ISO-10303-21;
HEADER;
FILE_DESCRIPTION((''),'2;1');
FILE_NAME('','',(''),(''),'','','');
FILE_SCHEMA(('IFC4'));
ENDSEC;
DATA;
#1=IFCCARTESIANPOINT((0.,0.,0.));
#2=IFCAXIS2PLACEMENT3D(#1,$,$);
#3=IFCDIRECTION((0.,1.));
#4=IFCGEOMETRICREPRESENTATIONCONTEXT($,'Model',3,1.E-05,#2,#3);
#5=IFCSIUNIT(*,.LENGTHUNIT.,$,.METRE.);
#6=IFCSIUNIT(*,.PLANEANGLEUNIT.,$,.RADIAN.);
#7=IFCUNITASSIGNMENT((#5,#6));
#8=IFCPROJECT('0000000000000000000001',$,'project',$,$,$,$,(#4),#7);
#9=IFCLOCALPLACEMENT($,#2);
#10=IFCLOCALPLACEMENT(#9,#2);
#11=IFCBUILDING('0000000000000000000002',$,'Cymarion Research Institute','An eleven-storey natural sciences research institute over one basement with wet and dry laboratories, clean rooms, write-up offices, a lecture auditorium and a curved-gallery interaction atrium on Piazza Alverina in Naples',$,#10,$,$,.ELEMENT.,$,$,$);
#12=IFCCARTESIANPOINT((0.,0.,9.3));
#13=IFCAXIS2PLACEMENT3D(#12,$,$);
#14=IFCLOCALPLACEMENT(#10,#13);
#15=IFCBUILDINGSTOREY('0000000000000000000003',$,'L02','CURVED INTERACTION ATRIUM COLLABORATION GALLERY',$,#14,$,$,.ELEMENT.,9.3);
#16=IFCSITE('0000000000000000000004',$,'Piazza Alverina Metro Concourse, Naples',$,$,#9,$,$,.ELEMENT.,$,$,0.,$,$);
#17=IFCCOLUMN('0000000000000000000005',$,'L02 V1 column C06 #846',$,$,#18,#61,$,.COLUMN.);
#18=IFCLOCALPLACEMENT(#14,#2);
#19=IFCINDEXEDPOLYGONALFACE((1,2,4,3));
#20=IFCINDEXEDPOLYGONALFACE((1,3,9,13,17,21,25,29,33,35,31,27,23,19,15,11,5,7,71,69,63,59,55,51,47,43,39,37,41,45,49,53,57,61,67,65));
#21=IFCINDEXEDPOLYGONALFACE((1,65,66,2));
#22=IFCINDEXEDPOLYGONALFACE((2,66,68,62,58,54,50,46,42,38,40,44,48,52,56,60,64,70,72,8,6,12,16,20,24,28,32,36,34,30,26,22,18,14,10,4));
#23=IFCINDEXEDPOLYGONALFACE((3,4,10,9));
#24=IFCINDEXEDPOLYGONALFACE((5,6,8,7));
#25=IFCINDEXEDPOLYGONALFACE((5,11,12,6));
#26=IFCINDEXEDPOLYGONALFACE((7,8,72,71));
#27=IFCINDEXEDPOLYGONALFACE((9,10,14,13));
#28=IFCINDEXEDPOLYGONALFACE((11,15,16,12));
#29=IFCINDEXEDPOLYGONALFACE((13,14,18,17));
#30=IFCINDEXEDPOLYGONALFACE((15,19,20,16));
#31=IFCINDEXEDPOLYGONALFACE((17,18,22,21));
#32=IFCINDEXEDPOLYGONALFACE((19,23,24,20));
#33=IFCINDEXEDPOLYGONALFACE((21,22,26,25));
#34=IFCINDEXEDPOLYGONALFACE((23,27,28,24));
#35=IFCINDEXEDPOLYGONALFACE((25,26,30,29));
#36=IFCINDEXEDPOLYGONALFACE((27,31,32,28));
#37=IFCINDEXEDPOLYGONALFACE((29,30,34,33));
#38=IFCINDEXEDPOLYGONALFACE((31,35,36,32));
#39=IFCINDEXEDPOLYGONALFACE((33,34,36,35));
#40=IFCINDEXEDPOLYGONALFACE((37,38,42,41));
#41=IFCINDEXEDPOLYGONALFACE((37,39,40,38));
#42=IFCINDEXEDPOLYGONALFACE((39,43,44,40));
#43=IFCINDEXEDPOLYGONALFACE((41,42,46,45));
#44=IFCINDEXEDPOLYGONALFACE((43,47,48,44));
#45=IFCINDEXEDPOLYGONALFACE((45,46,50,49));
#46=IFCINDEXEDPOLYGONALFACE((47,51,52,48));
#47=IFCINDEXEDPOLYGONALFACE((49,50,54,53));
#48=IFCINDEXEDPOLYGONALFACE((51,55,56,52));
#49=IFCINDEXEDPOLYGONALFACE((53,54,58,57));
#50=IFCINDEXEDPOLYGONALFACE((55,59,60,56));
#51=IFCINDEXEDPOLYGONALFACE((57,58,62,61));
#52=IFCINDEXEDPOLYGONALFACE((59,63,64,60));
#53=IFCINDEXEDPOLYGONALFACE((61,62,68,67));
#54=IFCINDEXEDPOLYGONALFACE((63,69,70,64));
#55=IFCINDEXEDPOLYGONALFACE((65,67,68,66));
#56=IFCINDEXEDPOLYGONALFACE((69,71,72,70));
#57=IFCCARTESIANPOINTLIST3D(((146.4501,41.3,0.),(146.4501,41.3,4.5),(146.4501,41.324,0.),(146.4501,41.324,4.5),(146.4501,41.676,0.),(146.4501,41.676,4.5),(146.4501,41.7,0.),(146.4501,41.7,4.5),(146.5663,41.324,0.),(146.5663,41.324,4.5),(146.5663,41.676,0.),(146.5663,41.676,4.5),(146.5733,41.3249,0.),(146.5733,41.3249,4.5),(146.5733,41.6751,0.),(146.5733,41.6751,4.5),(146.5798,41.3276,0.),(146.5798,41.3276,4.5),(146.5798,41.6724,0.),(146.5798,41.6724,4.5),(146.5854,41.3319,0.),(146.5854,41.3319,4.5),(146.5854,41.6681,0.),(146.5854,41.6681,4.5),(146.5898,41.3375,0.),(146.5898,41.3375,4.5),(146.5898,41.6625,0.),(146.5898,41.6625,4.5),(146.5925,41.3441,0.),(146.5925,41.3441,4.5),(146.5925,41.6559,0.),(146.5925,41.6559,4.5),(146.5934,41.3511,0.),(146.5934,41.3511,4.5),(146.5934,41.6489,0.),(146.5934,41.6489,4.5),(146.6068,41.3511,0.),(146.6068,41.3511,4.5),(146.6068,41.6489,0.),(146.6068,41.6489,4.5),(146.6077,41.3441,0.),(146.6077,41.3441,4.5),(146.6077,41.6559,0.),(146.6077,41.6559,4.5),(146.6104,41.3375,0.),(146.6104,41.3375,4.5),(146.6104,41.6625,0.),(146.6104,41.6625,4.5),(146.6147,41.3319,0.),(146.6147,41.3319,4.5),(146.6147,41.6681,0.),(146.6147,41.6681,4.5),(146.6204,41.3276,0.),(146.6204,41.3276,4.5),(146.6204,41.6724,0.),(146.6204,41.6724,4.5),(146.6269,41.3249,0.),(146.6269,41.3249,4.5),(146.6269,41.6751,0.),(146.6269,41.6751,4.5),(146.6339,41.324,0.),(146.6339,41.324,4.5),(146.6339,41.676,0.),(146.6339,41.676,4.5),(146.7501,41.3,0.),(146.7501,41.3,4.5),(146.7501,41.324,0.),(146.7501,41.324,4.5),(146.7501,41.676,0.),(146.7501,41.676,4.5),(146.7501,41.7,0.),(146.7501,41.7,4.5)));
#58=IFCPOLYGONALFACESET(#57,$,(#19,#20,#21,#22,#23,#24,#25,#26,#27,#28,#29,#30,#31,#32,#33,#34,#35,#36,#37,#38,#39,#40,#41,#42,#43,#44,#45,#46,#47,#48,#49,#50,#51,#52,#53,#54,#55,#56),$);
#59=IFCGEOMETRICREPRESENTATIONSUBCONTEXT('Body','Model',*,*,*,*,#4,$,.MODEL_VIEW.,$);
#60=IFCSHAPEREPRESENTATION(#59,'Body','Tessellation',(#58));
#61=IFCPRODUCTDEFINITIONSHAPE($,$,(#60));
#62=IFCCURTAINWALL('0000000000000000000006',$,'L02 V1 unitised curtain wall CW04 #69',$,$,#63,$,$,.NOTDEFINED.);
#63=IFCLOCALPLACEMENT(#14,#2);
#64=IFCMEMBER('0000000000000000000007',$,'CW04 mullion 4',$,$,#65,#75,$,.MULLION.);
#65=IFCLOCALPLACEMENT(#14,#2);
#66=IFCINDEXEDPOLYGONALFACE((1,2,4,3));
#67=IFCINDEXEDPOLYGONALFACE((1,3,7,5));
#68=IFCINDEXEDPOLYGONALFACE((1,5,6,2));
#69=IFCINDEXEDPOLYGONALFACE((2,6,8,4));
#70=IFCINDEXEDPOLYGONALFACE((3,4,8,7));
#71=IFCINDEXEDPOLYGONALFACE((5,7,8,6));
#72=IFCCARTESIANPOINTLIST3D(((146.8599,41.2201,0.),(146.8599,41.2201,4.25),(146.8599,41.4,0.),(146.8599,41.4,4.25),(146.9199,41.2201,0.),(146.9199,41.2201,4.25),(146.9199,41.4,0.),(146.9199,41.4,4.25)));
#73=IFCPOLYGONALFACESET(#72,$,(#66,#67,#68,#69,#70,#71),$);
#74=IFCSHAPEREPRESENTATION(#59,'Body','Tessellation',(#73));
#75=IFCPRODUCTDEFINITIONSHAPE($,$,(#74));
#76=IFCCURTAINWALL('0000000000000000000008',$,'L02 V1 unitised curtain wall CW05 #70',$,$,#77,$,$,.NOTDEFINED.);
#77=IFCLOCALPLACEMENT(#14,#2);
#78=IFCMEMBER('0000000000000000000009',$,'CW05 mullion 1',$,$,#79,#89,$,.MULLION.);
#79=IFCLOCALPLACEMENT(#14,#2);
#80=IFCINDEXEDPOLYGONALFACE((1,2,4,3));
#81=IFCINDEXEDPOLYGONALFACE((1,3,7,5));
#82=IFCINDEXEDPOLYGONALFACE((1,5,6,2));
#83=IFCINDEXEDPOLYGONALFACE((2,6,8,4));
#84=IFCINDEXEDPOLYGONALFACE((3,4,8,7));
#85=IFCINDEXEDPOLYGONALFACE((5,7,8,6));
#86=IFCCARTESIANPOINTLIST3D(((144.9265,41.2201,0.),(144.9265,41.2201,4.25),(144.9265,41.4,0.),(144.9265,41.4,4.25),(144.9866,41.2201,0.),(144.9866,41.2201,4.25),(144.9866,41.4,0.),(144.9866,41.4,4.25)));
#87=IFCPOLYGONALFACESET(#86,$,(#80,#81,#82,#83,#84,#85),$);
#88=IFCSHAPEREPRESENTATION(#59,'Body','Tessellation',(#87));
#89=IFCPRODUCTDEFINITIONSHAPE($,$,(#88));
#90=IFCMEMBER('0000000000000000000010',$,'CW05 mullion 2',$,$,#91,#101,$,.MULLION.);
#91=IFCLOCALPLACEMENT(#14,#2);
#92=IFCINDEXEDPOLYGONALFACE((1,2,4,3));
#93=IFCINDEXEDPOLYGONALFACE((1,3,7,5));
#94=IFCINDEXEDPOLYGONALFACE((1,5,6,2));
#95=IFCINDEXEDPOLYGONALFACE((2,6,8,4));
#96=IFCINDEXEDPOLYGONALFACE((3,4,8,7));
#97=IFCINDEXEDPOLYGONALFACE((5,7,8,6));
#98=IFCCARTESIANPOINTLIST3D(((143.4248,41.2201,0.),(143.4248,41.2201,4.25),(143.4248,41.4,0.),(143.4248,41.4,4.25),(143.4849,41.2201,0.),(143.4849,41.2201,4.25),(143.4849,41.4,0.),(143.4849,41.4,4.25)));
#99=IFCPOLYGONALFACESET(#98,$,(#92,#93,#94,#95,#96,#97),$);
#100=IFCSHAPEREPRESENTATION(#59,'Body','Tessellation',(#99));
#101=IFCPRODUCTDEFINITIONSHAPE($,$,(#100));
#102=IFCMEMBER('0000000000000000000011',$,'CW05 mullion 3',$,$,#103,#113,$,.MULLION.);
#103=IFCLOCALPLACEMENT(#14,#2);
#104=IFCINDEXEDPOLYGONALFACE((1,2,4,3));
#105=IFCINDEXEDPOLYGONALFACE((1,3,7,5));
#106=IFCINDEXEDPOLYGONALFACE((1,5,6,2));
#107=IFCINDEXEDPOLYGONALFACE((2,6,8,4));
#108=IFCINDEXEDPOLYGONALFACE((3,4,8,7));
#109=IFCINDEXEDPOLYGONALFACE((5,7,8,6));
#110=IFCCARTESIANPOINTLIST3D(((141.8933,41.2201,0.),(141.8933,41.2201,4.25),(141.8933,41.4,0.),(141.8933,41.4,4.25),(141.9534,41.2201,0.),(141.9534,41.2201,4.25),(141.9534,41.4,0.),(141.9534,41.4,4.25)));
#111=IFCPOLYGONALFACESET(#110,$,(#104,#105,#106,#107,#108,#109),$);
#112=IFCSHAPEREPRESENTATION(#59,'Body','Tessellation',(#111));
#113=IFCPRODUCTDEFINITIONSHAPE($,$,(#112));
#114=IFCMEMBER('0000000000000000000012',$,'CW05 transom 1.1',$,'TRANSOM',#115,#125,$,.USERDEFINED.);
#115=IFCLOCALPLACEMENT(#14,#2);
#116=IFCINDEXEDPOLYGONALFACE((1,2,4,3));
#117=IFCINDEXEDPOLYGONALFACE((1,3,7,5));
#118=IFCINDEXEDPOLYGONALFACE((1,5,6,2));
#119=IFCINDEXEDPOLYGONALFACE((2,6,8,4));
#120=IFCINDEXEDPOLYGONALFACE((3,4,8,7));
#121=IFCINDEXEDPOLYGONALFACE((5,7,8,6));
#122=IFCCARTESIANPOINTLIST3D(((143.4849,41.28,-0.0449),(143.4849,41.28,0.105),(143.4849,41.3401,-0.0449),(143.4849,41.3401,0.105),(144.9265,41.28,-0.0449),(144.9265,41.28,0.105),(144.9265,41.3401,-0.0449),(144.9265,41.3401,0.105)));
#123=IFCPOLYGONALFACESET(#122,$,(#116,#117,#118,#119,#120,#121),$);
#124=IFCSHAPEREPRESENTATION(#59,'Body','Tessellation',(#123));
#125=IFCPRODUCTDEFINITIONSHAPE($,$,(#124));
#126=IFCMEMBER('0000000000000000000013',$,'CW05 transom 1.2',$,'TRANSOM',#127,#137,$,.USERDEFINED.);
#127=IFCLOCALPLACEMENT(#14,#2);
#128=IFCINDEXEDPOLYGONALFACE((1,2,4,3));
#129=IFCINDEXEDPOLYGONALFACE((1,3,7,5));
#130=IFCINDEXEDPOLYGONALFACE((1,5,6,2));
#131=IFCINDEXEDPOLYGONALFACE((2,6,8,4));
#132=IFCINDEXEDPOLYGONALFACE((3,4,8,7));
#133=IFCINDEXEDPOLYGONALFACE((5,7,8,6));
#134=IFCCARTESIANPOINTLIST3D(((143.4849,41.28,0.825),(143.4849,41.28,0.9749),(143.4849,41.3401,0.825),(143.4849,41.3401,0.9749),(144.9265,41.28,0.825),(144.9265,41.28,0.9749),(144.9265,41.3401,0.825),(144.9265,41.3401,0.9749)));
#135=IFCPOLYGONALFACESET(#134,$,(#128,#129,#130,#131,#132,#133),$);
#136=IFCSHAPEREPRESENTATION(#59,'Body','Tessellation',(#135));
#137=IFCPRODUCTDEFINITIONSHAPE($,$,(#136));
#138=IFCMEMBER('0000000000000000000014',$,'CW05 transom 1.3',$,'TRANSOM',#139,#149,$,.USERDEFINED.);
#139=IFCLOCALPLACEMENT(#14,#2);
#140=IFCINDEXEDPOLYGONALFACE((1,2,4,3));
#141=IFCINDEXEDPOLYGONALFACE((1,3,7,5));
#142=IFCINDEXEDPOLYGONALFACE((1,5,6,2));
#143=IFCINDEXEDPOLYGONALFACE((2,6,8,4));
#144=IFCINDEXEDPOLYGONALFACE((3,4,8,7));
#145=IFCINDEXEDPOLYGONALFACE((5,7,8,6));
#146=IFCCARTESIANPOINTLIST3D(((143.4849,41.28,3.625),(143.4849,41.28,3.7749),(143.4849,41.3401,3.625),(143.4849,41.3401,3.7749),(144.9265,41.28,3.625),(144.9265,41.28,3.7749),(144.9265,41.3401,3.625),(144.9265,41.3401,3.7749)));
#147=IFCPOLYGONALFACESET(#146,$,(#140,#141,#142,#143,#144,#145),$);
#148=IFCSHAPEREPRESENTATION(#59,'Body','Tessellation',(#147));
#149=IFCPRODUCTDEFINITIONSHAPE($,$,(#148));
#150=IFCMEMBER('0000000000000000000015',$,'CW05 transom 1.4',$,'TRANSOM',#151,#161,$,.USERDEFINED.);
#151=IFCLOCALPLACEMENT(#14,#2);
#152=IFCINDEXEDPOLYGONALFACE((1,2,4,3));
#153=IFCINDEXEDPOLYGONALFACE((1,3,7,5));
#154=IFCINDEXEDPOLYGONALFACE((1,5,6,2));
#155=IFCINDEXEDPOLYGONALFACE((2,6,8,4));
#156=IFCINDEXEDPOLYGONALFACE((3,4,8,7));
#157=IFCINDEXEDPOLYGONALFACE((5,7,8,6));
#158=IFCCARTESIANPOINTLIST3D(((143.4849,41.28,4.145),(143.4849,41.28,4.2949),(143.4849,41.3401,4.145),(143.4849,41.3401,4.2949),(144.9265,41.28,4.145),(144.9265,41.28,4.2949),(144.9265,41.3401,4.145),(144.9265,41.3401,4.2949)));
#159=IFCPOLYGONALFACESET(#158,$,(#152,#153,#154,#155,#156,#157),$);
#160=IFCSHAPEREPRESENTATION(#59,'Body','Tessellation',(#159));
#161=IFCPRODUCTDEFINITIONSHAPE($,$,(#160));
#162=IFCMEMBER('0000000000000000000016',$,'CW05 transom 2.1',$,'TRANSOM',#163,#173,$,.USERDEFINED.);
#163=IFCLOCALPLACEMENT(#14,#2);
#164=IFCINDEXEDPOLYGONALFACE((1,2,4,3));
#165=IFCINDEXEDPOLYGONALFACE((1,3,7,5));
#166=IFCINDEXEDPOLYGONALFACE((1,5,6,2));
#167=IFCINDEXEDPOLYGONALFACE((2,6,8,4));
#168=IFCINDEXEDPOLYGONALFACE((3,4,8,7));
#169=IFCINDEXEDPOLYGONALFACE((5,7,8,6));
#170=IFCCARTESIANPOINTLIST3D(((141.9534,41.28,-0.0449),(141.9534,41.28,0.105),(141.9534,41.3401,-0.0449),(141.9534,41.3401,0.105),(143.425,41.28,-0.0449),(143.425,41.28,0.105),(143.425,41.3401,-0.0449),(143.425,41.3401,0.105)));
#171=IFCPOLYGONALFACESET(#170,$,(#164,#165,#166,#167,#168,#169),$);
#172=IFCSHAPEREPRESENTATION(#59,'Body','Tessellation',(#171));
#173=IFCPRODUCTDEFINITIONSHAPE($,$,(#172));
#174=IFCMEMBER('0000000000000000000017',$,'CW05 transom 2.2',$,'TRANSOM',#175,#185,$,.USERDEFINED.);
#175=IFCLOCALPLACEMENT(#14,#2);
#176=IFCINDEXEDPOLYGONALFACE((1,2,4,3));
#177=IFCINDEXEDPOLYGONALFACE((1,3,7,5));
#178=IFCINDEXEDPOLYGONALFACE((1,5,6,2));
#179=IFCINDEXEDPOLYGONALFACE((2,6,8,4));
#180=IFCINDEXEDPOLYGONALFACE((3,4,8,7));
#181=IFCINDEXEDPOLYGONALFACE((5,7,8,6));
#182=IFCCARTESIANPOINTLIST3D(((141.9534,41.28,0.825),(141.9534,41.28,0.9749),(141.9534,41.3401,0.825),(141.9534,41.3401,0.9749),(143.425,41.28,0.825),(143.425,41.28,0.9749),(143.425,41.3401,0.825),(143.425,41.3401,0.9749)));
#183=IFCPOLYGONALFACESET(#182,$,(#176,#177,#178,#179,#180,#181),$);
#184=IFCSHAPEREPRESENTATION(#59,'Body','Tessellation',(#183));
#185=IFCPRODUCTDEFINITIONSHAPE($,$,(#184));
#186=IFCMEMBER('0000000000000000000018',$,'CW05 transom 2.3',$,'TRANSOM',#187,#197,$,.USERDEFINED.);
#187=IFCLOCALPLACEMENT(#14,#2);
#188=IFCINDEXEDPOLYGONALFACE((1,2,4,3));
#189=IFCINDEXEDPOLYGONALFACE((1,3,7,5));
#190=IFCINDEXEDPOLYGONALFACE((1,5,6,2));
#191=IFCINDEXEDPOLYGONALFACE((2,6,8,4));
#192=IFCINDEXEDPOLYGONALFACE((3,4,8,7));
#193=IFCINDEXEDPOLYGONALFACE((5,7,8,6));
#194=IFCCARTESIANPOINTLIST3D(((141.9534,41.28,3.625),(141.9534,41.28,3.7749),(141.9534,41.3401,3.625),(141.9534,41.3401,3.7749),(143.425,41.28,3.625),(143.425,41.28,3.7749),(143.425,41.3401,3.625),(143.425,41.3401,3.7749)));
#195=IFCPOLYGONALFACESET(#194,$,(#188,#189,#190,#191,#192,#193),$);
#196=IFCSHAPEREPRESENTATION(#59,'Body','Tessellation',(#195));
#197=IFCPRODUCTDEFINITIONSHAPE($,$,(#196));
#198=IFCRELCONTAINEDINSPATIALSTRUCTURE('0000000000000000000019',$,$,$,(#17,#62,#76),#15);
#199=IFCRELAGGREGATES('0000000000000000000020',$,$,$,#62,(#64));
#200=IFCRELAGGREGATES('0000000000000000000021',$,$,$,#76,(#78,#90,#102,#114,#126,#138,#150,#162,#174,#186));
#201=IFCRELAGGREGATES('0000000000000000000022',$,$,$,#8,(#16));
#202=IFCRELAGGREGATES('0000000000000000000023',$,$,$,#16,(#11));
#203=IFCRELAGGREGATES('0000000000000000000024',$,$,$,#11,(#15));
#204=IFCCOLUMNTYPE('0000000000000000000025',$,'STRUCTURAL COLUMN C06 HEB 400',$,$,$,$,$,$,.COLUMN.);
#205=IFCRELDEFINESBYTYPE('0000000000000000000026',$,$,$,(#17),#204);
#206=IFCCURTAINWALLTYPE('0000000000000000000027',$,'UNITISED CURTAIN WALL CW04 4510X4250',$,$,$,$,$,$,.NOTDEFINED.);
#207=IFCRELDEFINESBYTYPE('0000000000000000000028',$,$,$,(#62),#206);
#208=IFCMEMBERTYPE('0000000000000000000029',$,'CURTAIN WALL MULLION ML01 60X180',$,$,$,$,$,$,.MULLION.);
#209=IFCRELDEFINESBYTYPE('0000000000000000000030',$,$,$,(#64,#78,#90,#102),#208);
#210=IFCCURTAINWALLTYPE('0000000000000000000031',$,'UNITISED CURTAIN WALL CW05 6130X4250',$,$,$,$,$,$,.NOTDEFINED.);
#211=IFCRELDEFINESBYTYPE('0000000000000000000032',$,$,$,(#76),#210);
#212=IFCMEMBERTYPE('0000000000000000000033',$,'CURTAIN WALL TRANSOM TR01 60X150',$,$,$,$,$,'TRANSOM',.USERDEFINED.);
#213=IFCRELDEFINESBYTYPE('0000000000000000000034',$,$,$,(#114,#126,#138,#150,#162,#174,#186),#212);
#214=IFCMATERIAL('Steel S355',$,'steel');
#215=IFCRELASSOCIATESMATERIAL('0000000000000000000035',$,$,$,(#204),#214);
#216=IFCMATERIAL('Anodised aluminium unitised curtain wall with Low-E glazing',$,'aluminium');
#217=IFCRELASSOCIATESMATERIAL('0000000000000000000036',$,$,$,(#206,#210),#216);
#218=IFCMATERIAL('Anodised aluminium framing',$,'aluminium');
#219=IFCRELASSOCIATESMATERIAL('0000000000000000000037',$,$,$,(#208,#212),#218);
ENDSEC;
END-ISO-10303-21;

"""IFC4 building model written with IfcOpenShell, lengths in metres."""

from ifc_helpers import new_model, si_unit, direction, frame, origin, origin_2d, place, context, subcontext, project, spatial, rectangle, i_section, extrude, material, material_profile, profile_set, type_object, element, aggregate, save


model = new_model("IFC4")

# Units and contexts
model_context = context("Model", 3, precision=1e-05, world=origin(), true_north=direction((0.0, 1.0)))
body_context = subcontext(model_context, "Body", "Model", "MODEL_VIEW")
ifc_project = project(units=[si_unit("LENGTHUNIT", "METRE"), si_unit("PLANEANGLEUNIT", "RADIAN")], contexts=[model_context])

# Site, building, storey
site_placement = place(None, origin())
site = spatial("IfcSite", under=ifc_project, at=site_placement, Name="Piazza Alverina Metro Concourse, Naples", CompositionType="ELEMENT", RefElevation=0.0)
building_placement = place(site_placement, origin())
building = spatial("IfcBuilding", under=site, at=building_placement, Name="Cymarion Research Institute", Description="An eleven-storey natural sciences research institute over one basement with wet and dry laboratories, clean rooms, write-up offices, a lecture auditorium and a curved-gallery interaction atrium on Piazza Alverina in Naples", CompositionType="ELEMENT")
storey_placement = place(building_placement, frame((0.0, 0.0, 9.3)))
storey = spatial("IfcBuildingStorey", under=building, at=storey_placement, Name="L02", Description="CURVED INTERACTION ATRIUM COLLABORATION GALLERY", CompositionType="ELEMENT", Elevation=9.3)

# Column
ifc_material_1 = material(Name="Steel S355", Category="steel")
ifc_material_profile_1 = material_profile(ifc_material_1, i_section(OverallWidth=0.3, OverallDepth=0.3999, WebThickness=0.0134, FlangeThickness=0.0239, FilletRadius=0.0271, at=origin_2d()), Name="HEB 400")
ifc_profile_set_1 = profile_set([ifc_material_profile_1], Name="Steel S355")
column_type = type_object("IfcColumnType", Name="STRUCTURAL COLUMN C06 HEB 400", PredefinedType="COLUMN", material=ifc_profile_set_1)
column_placement = place(storey_placement, frame((146.6001, 41.5, 0.0), z_axis=(0.0, 0.0, 1.0), x_axis=(1.0, 0.0, 0.0)))
element("IfcColumn", 1, at=column_placement, inside=storey, type_object=column_type, Name="L02 V1 column C06 #846", PredefinedType="COLUMN", context=body_context, shape_type="SweptSolid", body=[
    extrude(i_section(OverallWidth=0.3, OverallDepth=0.3999, WebThickness=0.0134, FlangeThickness=0.0239, FilletRadius=0.0271, at=origin_2d()), origin(), (0.0, 0.0, 1.0), 4.5),
])

# Curtain wall, member
ifc_material_2 = material(Name="Anodised aluminium unitised curtain wall with Low-E glazing", Category="aluminium")
curtain_wall_type_1 = type_object("IfcCurtainWallType", Name="UNITISED CURTAIN WALL CW04 4510X4250", PredefinedType="NOTDEFINED", material=ifc_material_2)
curtain_wall_1_placement = place(storey_placement, origin())
curtain_wall_1 = element("IfcCurtainWall", 2, at=curtain_wall_1_placement, inside=storey, type_object=curtain_wall_type_1, Name="L02 V1 unitised curtain wall CW04 #69", PredefinedType="NOTDEFINED")
ifc_material_3 = material(Name="Anodised aluminium framing", Category="aluminium")
ifc_material_profile_2 = material_profile(ifc_material_3, rectangle(XDim=0.0601, YDim=0.1799, at=origin_2d()), Name="ALU MULLION 60x180")
ifc_profile_set_2 = profile_set([ifc_material_profile_2], Name="Anodised aluminium framing")
member_type_1 = type_object("IfcMemberType", Name="CURTAIN WALL MULLION ML01 60X180", PredefinedType="MULLION", material=ifc_profile_set_2)
member_1_placement = place(storey_placement, frame((146.8899, 41.3101, 0.0), z_axis=(0.0, 0.0, 1.0), x_axis=(-1.0, 0.0, 0.0)))
member_1 = element("IfcMember", 3, at=member_1_placement, type_object=member_type_1, Name="CW04 mullion 4", PredefinedType="MULLION", context=body_context, shape_type="SweptSolid", body=[
    extrude(rectangle(XDim=0.0601, YDim=0.1799, at=origin_2d()), origin(), (0.0, 0.0, 1.0), 4.25),
])
aggregate(curtain_wall_1, [member_1])

# Curtain wall, members
curtain_wall_type_2 = type_object("IfcCurtainWallType", Name="UNITISED CURTAIN WALL CW05 6130X4250", PredefinedType="NOTDEFINED", material=ifc_material_2)
curtain_wall_2_placement = place(storey_placement, origin())
curtain_wall_2 = element("IfcCurtainWall", 4, at=curtain_wall_2_placement, inside=storey, type_object=curtain_wall_type_2, Name="L02 V1 unitised curtain wall CW05 #70", PredefinedType="NOTDEFINED")
member_2_placement = place(storey_placement, frame((144.9565, 41.3101, 0.0), z_axis=(0.0, 0.0, 1.0), x_axis=(-1.0, 0.0, 0.0)))
member_2 = element("IfcMember", 5, at=member_2_placement, type_object=member_type_1, Name="CW05 mullion 1", PredefinedType="MULLION", context=body_context, shape_type="SweptSolid", body=[
    extrude(rectangle(XDim=0.0601, YDim=0.1799, at=origin_2d()), origin(), (0.0, 0.0, 1.0), 4.25),
])
member_3_placement = place(storey_placement, frame((143.4548, 41.3101, 0.0), z_axis=(0.0, 0.0, 1.0), x_axis=(-1.0, 0.0, 0.0)))
member_3 = element("IfcMember", 6, at=member_3_placement, type_object=member_type_1, Name="CW05 mullion 2", PredefinedType="MULLION", context=body_context, shape_type="SweptSolid", body=[
    extrude(rectangle(XDim=0.0601, YDim=0.1799, at=origin_2d()), origin(), (0.0, 0.0, 1.0), 4.25),
])
member_4_placement = place(storey_placement, frame((141.9233, 41.3101, 0.0), z_axis=(0.0, 0.0, 1.0), x_axis=(-1.0, 0.0, 0.0)))
member_4 = element("IfcMember", 7, at=member_4_placement, type_object=member_type_1, Name="CW05 mullion 3", PredefinedType="MULLION", context=body_context, shape_type="SweptSolid", body=[
    extrude(rectangle(XDim=0.0601, YDim=0.1799, at=origin_2d()), origin(), (0.0, 0.0, 1.0), 4.25),
])
ifc_material_profile_3 = material_profile(ifc_material_3, rectangle(XDim=0.0601, YDim=0.1499, at=origin_2d()), Name="ALU TRANSOM 60x150")
ifc_profile_set_3 = profile_set([ifc_material_profile_3], Name="Anodised aluminium framing")
member_type_2 = type_object("IfcMemberType", Name="CURTAIN WALL TRANSOM TR01 60X150", ElementType="TRANSOM", PredefinedType="USERDEFINED", material=ifc_profile_set_3)
member_5_placement = place(storey_placement, frame((144.9265, 41.3101, 0.03), z_axis=(-1.0, 0.0, 0.0), x_axis=(0.0, -1.0, 0.0)))
member_5 = element("IfcMember", 8, at=member_5_placement, type_object=member_type_2, Name="CW05 transom 1.1", ObjectType="TRANSOM", PredefinedType="USERDEFINED", context=body_context, shape_type="SweptSolid", body=[
    extrude(rectangle(XDim=0.0601, YDim=0.1499, at=origin_2d()), origin(), (0.0, 0.0, 1.0), 1.4417),
])
member_6_placement = place(storey_placement, frame((144.9265, 41.3101, 0.8999), z_axis=(-1.0, 0.0, 0.0), x_axis=(0.0, -1.0, 0.0)))
member_6 = element("IfcMember", 9, at=member_6_placement, type_object=member_type_2, Name="CW05 transom 1.2", ObjectType="TRANSOM", PredefinedType="USERDEFINED", context=body_context, shape_type="SweptSolid", body=[
    extrude(rectangle(XDim=0.0601, YDim=0.1499, at=origin_2d()), origin(), (0.0, 0.0, 1.0), 1.4417),
])
member_7_placement = place(storey_placement, frame((144.9265, 41.3101, 3.7), z_axis=(-1.0, 0.0, 0.0), x_axis=(0.0, -1.0, 0.0)))
member_7 = element("IfcMember", 10, at=member_7_placement, type_object=member_type_2, Name="CW05 transom 1.3", ObjectType="TRANSOM", PredefinedType="USERDEFINED", context=body_context, shape_type="SweptSolid", body=[
    extrude(rectangle(XDim=0.0601, YDim=0.1499, at=origin_2d()), origin(), (0.0, 0.0, 1.0), 1.4417),
])
member_8_placement = place(storey_placement, frame((144.9265, 41.3101, 4.22), z_axis=(-1.0, 0.0, 0.0), x_axis=(0.0, -1.0, 0.0)))
member_8 = element("IfcMember", 11, at=member_8_placement, type_object=member_type_2, Name="CW05 transom 1.4", ObjectType="TRANSOM", PredefinedType="USERDEFINED", context=body_context, shape_type="SweptSolid", body=[
    extrude(rectangle(XDim=0.0601, YDim=0.1499, at=origin_2d()), origin(), (0.0, 0.0, 1.0), 1.4417),
])
member_9_placement = place(storey_placement, frame((143.425, 41.3101, 0.03), z_axis=(-1.0, 0.0, 0.0), x_axis=(0.0, -1.0, 0.0)))
member_9 = element("IfcMember", 12, at=member_9_placement, type_object=member_type_2, Name="CW05 transom 2.1", ObjectType="TRANSOM", PredefinedType="USERDEFINED", context=body_context, shape_type="SweptSolid", body=[
    extrude(rectangle(XDim=0.0601, YDim=0.1499, at=origin_2d()), origin(), (0.0, 0.0, 1.0), 1.4717),
])
member_10_placement = place(storey_placement, frame((143.425, 41.3101, 0.8999), z_axis=(-1.0, 0.0, 0.0), x_axis=(0.0, -1.0, 0.0)))
member_10 = element("IfcMember", 13, at=member_10_placement, type_object=member_type_2, Name="CW05 transom 2.2", ObjectType="TRANSOM", PredefinedType="USERDEFINED", context=body_context, shape_type="SweptSolid", body=[
    extrude(rectangle(XDim=0.0601, YDim=0.1499, at=origin_2d()), origin(), (0.0, 0.0, 1.0), 1.4717),
])
member_11_placement = place(storey_placement, frame((143.425, 41.3101, 3.7), z_axis=(-1.0, 0.0, 0.0), x_axis=(0.0, -1.0, 0.0)))
member_11 = element("IfcMember", 14, at=member_11_placement, type_object=member_type_2, Name="CW05 transom 2.3", ObjectType="TRANSOM", PredefinedType="USERDEFINED", context=body_context, shape_type="SweptSolid", body=[
    extrude(rectangle(XDim=0.0601, YDim=0.1499, at=origin_2d()), origin(), (0.0, 0.0, 1.0), 1.4717),
])

aggregate(curtain_wall_2, [member_2, member_3, member_4, member_5, member_6, member_7, member_8, member_9, member_10, member_11])

save(model, "model.ifc")
